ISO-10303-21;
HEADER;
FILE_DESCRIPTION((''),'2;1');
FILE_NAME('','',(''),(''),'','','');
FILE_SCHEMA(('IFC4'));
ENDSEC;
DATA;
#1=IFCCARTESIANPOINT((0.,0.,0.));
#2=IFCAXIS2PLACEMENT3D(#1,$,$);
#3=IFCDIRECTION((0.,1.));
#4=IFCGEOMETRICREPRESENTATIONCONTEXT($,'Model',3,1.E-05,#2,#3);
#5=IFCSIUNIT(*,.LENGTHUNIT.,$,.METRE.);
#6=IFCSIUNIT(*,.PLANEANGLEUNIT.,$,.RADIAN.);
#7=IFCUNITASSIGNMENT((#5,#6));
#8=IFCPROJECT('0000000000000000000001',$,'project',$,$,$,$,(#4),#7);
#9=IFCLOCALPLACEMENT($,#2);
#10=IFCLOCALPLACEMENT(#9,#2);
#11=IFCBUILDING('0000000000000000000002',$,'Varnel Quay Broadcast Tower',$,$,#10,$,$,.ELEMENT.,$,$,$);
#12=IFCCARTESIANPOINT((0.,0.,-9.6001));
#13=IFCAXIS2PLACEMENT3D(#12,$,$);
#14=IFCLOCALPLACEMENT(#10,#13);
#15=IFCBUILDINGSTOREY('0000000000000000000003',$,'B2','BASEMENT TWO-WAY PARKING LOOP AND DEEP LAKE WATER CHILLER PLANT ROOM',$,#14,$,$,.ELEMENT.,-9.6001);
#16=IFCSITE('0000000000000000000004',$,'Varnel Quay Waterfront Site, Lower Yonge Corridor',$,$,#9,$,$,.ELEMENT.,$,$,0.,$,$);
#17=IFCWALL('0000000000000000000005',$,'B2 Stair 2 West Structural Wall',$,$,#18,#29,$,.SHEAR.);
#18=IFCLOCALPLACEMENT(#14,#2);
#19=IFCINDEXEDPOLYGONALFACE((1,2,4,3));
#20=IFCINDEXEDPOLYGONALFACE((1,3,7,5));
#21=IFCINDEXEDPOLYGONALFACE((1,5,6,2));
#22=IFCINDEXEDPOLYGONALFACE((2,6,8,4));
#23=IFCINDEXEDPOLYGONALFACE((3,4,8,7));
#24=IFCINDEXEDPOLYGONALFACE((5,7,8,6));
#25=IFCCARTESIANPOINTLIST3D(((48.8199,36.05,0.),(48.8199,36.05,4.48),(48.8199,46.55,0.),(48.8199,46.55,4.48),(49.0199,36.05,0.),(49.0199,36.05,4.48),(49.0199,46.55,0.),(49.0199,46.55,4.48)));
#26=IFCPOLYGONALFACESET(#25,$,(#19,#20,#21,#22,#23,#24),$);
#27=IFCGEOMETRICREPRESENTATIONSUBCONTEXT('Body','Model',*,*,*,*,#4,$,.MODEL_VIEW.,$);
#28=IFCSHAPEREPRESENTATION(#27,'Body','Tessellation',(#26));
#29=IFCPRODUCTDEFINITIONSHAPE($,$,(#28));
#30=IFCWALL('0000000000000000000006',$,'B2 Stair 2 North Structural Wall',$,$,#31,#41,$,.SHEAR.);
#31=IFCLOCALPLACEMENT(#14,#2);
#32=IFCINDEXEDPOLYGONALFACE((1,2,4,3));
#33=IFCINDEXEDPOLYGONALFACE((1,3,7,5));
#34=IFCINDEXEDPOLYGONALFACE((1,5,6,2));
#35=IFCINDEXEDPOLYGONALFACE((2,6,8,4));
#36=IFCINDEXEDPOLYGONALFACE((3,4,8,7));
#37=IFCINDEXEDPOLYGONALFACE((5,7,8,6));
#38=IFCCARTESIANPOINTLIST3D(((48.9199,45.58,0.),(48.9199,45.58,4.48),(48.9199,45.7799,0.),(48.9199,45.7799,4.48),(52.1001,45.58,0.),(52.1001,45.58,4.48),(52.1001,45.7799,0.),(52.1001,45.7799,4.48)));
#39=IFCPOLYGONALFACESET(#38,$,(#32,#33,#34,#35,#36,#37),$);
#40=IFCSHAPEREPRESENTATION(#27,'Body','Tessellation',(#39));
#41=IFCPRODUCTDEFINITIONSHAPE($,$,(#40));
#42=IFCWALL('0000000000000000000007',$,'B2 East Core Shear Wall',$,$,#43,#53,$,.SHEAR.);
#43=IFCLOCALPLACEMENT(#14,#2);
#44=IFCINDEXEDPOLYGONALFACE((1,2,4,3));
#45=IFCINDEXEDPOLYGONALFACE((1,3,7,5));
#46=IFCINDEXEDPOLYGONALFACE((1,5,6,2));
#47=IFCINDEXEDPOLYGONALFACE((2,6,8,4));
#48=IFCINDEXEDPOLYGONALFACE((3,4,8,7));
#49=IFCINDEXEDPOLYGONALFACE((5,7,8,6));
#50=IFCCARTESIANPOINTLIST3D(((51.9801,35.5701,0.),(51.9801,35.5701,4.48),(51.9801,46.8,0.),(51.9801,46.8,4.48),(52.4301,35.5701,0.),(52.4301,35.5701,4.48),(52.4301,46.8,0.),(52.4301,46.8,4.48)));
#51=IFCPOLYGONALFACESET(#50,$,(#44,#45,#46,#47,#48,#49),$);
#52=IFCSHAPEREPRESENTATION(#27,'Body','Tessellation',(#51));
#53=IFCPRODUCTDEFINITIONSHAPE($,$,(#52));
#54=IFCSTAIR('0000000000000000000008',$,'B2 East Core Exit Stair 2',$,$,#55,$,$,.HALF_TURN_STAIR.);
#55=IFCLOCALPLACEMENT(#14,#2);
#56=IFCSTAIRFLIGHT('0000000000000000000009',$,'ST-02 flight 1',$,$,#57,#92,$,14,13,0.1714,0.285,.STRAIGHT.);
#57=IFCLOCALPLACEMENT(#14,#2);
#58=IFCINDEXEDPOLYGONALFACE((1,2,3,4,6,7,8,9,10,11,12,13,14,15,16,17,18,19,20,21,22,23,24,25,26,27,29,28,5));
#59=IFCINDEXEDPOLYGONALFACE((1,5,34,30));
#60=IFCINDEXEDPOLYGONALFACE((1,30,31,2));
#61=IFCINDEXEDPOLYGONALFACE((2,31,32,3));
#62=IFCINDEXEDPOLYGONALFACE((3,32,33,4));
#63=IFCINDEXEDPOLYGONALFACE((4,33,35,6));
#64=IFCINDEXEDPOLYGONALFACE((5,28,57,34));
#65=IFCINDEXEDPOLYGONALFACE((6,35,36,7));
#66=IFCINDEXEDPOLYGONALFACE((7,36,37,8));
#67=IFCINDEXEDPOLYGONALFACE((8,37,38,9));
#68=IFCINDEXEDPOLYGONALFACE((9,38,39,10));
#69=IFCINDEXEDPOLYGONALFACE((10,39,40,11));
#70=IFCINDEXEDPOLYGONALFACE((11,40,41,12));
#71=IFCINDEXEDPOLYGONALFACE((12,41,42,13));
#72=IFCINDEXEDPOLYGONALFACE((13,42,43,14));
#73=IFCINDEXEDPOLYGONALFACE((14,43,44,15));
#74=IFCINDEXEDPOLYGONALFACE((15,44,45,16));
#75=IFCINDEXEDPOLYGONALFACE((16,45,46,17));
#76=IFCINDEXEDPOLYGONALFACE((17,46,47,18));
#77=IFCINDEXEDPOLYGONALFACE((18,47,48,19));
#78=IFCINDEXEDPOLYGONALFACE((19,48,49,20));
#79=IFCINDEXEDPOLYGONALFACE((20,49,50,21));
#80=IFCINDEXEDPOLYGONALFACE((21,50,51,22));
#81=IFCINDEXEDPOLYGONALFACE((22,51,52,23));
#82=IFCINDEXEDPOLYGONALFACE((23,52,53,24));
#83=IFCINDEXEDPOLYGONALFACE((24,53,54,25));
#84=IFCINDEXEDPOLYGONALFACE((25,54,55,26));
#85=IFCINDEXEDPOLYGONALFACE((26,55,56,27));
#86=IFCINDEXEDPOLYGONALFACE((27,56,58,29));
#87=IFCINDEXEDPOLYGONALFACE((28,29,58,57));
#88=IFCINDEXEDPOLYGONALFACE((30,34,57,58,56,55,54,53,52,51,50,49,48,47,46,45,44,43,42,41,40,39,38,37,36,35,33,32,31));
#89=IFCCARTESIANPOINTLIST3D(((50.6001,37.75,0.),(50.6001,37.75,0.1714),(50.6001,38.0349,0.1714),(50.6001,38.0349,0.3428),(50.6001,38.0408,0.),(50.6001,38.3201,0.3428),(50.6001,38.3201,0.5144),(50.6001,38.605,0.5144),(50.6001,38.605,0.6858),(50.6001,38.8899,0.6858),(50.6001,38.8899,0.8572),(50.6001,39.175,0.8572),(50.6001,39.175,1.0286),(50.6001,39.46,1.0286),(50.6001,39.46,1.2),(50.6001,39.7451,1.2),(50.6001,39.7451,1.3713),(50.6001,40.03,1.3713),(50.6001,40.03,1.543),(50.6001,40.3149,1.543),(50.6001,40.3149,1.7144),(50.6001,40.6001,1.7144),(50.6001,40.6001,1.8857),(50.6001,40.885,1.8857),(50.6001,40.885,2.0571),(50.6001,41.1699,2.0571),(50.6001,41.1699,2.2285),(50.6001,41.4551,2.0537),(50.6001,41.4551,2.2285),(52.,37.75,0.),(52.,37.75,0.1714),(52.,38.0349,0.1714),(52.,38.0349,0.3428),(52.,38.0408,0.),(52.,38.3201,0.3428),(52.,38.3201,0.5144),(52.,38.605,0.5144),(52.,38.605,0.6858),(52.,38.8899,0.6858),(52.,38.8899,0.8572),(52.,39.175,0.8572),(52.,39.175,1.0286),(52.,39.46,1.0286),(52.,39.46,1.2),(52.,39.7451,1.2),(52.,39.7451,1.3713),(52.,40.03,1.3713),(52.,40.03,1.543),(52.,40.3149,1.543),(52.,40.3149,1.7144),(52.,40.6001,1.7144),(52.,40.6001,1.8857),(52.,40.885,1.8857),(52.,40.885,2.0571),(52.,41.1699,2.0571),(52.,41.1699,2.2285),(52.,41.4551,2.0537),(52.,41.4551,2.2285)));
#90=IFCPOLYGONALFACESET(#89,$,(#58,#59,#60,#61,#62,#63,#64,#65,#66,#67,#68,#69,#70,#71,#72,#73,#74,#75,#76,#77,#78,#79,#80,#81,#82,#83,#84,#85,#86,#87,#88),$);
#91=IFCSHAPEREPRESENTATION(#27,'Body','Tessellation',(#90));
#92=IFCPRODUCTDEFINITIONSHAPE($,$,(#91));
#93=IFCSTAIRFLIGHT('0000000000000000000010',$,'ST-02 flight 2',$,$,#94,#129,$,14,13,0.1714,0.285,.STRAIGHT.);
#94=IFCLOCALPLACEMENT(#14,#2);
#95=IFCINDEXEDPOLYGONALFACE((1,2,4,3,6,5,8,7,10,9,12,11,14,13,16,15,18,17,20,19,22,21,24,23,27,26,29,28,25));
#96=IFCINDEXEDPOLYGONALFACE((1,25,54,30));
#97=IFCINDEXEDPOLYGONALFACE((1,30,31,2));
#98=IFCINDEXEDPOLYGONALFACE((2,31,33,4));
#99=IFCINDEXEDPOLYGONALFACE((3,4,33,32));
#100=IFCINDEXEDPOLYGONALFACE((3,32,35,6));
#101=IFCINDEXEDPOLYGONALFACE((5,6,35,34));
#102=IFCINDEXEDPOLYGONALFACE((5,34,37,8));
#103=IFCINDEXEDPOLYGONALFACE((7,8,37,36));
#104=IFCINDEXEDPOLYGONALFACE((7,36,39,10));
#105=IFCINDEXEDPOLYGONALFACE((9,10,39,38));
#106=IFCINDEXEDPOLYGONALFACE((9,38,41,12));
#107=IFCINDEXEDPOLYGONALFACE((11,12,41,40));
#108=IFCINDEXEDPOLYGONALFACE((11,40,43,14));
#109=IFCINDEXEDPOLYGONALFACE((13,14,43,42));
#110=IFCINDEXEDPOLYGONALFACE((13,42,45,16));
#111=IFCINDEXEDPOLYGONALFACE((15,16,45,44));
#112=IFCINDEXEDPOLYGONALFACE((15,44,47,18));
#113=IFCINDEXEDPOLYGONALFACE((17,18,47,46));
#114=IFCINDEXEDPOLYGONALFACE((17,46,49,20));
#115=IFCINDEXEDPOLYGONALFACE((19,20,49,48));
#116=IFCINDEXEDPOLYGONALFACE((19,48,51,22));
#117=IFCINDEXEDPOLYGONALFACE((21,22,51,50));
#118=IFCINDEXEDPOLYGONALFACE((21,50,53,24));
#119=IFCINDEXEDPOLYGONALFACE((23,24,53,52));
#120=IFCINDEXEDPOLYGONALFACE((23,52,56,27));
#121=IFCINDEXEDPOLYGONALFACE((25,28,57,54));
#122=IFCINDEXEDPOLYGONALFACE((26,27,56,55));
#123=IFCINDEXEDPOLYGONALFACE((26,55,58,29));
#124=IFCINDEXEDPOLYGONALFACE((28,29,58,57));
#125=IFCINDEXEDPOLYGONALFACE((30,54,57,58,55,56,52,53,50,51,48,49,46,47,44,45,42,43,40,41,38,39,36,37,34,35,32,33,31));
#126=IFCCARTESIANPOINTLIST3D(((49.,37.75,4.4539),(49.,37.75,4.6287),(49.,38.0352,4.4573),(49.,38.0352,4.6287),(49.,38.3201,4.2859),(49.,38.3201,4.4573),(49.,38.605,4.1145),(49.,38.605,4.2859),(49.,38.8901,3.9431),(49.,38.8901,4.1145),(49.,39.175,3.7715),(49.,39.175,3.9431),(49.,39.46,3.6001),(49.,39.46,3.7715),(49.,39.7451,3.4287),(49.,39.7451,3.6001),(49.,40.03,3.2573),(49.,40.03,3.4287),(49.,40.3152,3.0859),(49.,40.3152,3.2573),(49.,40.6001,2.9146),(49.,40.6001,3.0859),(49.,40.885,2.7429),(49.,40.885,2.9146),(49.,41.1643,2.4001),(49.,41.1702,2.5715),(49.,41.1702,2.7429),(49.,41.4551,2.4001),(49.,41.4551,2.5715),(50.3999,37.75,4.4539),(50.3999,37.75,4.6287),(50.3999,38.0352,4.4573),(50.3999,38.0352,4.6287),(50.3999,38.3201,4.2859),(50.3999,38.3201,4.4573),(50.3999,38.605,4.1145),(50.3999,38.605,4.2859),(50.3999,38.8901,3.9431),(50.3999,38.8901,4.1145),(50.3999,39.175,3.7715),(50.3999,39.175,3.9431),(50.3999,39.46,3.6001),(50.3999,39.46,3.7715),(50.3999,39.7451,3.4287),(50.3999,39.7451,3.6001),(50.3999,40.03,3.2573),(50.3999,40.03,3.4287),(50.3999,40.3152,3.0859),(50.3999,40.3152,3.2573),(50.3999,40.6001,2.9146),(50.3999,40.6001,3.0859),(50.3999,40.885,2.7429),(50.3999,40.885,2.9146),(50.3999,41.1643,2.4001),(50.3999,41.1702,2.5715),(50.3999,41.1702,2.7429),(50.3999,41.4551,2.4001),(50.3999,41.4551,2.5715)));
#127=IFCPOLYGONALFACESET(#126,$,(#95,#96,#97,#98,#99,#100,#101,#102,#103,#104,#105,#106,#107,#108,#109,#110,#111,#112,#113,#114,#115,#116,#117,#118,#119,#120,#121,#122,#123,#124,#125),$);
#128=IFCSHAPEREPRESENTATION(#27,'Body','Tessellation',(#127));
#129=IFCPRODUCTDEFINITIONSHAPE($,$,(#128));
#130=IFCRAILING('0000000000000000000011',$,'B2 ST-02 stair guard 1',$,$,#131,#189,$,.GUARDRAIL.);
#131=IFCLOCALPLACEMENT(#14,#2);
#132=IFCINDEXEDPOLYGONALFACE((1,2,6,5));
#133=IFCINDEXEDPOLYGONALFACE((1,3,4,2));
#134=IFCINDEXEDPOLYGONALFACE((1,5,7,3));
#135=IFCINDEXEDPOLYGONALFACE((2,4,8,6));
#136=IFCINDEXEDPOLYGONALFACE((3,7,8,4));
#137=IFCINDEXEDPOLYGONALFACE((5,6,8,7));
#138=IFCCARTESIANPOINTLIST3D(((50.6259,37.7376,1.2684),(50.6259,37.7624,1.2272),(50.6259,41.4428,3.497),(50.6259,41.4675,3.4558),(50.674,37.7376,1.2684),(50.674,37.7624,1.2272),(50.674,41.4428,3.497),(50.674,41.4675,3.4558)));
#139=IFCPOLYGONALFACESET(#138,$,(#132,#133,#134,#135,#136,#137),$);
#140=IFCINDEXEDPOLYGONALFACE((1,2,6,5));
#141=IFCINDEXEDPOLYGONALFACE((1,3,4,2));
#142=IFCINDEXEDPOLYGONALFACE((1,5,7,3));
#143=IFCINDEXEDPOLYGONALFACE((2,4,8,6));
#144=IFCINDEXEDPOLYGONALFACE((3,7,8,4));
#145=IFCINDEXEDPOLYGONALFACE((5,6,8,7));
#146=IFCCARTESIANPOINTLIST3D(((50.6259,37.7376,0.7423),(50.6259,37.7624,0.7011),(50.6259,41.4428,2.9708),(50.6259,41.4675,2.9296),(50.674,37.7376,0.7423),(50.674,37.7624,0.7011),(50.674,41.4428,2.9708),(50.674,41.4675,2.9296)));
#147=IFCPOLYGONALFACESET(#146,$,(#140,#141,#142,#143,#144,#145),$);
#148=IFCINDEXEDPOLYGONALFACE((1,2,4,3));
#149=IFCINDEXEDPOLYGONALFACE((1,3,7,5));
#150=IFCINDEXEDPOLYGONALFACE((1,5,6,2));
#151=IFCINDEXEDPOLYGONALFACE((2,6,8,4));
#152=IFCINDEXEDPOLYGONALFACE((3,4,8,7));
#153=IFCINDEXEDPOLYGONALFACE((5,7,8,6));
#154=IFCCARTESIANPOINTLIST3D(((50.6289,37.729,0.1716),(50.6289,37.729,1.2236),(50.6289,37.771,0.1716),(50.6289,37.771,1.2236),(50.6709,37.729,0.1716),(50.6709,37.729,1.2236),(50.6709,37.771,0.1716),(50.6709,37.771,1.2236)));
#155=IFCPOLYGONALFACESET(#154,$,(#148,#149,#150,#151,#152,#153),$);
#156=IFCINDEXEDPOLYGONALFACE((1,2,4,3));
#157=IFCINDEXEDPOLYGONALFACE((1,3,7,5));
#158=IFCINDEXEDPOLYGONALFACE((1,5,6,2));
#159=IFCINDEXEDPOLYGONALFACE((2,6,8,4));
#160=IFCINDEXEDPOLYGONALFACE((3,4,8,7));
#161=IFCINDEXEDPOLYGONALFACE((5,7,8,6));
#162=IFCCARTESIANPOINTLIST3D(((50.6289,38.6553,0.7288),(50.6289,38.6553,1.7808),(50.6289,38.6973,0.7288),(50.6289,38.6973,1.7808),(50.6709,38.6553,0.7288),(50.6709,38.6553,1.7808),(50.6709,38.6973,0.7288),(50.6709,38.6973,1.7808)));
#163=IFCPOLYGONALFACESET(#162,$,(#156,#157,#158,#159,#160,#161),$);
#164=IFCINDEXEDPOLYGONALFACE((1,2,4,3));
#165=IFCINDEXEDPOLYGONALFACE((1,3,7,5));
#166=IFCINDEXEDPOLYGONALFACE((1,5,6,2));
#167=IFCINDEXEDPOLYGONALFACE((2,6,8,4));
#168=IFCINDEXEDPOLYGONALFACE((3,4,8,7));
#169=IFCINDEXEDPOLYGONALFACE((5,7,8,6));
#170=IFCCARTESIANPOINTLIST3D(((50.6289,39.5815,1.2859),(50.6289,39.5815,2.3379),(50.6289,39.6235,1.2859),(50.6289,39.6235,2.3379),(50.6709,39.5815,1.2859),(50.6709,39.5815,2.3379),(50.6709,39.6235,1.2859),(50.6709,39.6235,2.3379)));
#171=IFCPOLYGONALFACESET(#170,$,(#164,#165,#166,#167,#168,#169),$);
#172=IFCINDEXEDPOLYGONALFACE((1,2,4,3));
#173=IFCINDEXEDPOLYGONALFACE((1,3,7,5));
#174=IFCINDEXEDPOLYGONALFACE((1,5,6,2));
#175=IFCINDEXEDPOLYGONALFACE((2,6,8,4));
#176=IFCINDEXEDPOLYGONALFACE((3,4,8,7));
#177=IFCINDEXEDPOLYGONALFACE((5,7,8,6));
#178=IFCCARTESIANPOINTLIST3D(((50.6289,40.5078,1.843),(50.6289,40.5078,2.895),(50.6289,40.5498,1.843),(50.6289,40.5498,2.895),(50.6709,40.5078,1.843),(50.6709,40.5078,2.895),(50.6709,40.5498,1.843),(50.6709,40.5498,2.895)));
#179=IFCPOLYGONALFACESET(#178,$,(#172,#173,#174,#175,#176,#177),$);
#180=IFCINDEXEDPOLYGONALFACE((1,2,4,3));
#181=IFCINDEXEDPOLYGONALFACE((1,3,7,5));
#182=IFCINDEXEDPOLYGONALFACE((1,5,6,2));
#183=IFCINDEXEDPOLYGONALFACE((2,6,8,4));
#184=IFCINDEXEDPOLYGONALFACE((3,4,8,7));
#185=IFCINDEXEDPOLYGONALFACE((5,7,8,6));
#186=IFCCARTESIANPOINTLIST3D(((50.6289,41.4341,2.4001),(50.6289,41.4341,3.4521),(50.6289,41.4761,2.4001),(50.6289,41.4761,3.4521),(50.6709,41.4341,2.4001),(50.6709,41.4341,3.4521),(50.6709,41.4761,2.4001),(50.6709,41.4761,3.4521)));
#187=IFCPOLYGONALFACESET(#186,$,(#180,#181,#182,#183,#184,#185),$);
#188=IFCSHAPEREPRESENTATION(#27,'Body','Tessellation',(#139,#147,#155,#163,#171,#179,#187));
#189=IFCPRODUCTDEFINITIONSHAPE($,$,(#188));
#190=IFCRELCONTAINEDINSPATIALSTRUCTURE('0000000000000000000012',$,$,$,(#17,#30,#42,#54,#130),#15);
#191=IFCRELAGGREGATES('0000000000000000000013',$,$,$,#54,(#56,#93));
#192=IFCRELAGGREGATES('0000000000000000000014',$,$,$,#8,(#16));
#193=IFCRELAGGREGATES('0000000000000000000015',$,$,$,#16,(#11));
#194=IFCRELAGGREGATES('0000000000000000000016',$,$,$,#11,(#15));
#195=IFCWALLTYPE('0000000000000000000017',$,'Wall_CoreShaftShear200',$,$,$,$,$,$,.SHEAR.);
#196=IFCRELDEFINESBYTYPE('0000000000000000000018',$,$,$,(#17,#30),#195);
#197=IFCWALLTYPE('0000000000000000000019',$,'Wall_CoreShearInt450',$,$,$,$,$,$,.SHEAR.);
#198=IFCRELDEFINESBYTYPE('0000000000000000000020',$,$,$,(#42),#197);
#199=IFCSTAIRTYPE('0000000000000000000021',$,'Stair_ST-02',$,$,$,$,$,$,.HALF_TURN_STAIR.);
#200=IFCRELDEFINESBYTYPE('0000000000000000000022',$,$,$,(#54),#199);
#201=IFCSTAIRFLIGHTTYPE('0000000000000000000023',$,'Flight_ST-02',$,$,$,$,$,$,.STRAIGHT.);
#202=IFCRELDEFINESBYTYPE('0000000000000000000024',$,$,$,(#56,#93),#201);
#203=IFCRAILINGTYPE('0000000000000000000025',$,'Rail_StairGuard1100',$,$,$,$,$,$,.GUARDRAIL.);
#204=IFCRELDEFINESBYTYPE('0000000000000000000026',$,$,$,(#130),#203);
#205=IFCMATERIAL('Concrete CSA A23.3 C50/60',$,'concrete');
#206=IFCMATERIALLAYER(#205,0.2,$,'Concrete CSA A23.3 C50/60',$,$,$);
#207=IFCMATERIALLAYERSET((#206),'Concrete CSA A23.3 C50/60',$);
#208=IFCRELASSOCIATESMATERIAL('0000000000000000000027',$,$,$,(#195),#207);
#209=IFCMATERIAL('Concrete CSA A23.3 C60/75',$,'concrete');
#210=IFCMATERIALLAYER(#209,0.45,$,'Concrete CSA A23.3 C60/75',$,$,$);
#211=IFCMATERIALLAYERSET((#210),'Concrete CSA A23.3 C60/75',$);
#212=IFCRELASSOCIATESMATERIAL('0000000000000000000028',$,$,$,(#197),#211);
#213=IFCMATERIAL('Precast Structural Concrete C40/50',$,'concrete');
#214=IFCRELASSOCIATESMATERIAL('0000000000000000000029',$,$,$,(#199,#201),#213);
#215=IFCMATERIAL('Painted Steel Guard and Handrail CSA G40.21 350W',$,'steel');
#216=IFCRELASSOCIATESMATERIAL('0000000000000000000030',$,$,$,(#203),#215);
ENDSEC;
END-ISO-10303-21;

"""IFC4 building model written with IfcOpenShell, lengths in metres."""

from ifc_helpers import new_model, si_unit, direction, frame, frame_2d, origin, origin_2d, place, context, subcontext, project, spatial, polyline, rectangle, outline, extrude, material, layer, layer_set, type_object, element, aggregate, save


model = new_model("IFC4")

# Units and contexts
model_context = context("Model", 3, precision=1e-05, world=origin(), true_north=direction((0.0, 1.0)))
body_context = subcontext(model_context, "Body", "Model", "MODEL_VIEW")
ifc_project = project(units=[si_unit("LENGTHUNIT", "METRE"), si_unit("PLANEANGLEUNIT", "RADIAN")], contexts=[model_context])

# Site, building, storey
site_placement = place(None, origin())
site = spatial("IfcSite", under=ifc_project, at=site_placement, Name="Varnel Quay Waterfront Site, Lower Yonge Corridor", CompositionType="ELEMENT", RefElevation=0.0)
building_placement = place(site_placement, origin())
building = spatial("IfcBuilding", under=site, at=building_placement, Name="Varnel Quay Broadcast Tower", CompositionType="ELEMENT")
storey_placement = place(building_placement, frame((0.0, 0.0, -9.6001)))
storey = spatial("IfcBuildingStorey", under=building, at=storey_placement, Name="B2", Description="BASEMENT TWO-WAY PARKING LOOP AND DEEP LAKE WATER CHILLER PLANT ROOM", CompositionType="ELEMENT", Elevation=-9.6001)

# Shared definitions
ifc_material_1 = material(Name="Concrete CSA A23.3 C50/60", Category="concrete")

# Walls
ifc_layer_1 = layer(ifc_material_1, 0.2, Name="Concrete CSA A23.3 C50/60")
ifc_layer_set_1 = layer_set([ifc_layer_1], Name="Concrete CSA A23.3 C50/60")
wall_type_1 = type_object("IfcWallType", Name="Wall_CoreShaftShear200", PredefinedType="SHEAR", material=ifc_layer_set_1)
wall_1_placement = place(storey_placement, frame((48.9199, 36.05, 0.0), z_axis=(0.0, 0.0, 1.0), x_axis=(0.0, 1.0, 0.0)))
element("IfcWall", 1, at=wall_1_placement, inside=storey, type_object=wall_type_1, Name="B2 Stair 2 West Structural Wall", PredefinedType="SHEAR", context=body_context, shape_type="SweptSolid", body=[
    extrude(rectangle(XDim=10.5, YDim=0.2, at=frame_2d((5.25, 0.0))), origin(), (0.0, 0.0, 1.0), 4.48),
])
wall_2_placement = place(storey_placement, frame((48.9199, 45.6799, 0.0), z_axis=(0.0, 0.0, 1.0), x_axis=(1.0, 0.0, 0.0)))
element("IfcWall", 2, at=wall_2_placement, inside=storey, type_object=wall_type_1, Name="B2 Stair 2 North Structural Wall", PredefinedType="SHEAR", context=body_context, shape_type="SweptSolid", body=[
    extrude(rectangle(XDim=3.1802, YDim=0.2, at=frame_2d((1.5901, 0.0))), origin(), (0.0, 0.0, 1.0), 4.48),
])
ifc_material_2 = material(Name="Concrete CSA A23.3 C60/75", Category="concrete")
ifc_layer_2 = layer(ifc_material_2, 0.45, Name="Concrete CSA A23.3 C60/75")
ifc_layer_set_2 = layer_set([ifc_layer_2], Name="Concrete CSA A23.3 C60/75")
wall_type_2 = type_object("IfcWallType", Name="Wall_CoreShearInt450", PredefinedType="SHEAR", material=ifc_layer_set_2)
wall_3_placement = place(storey_placement, frame((52.2051, 35.5701, 0.0), z_axis=(0.0, 0.0, 1.0), x_axis=(0.0, 1.0, 0.0)))
element("IfcWall", 3, at=wall_3_placement, inside=storey, type_object=wall_type_2, Name="B2 East Core Shear Wall", PredefinedType="SHEAR", context=body_context, shape_type="SweptSolid", body=[
    extrude(rectangle(XDim=11.23, YDim=0.45, at=frame_2d((5.615, 0.0))), origin(), (0.0, 0.0, 1.0), 4.48),
])

# Stair, stair flights
ifc_material_3 = material(Name="Precast Structural Concrete C40/50", Category="concrete")
stair_type = type_object("IfcStairType", Name="Stair_ST-02", PredefinedType="HALF_TURN_STAIR", material=ifc_material_3)
stair_placement = place(storey_placement, origin())
stair = element("IfcStair", 4, at=stair_placement, inside=storey, type_object=stair_type, Name="B2 East Core Exit Stair 2", PredefinedType="HALF_TURN_STAIR")
stair_flight_type = type_object("IfcStairFlightType", Name="Flight_ST-02", PredefinedType="STRAIGHT", material=ifc_material_3)
stair_flight_1_placement = place(storey_placement, frame((51.3, 37.75, 0.0), z_axis=(0.0, 0.0, 1.0), x_axis=(0.0, 1.0, 0.0)))
stair_flight_1 = element("IfcStairFlight", 5, at=stair_flight_1_placement, type_object=stair_flight_type, Name="ST-02 flight 1", NumberOfRisers=14, NumberOfTreads=13, PredefinedType="STRAIGHT", RiserHeight=0.1714, TreadLength=0.285, context=body_context, shape_type="SweptSolid", body=[
    extrude(outline(polyline([(0.0, 0.0), (0.0, 0.1714), (0.2849, 0.1714), (0.2849, 0.3428), (0.5701, 0.3428), (0.5701, 0.5144), (0.855, 0.5144), (0.855, 0.6858), (1.1399, 0.6858), (1.1399, 0.8572), (1.425, 0.8572), (1.425, 1.0286), (1.71, 1.0286), (1.71, 1.2), (1.9951, 1.2), (1.9951, 1.3713), (2.28, 1.3713), (2.28, 1.543), (2.5649, 1.543), (2.5649, 1.7144), (2.8501, 1.7144), (2.8501, 1.8857), (3.135, 1.8857), (3.135, 2.0571), (3.4199, 2.0571), (3.4199, 2.2285), (3.7051, 2.2285), (3.7051, 2.3999), (3.7051, 2.0537), (0.2908, 0.0), (0.0, 0.0)])), frame((0.0, 0.7, 0.0), z_axis=(0.0, -1.0, 0.0), x_axis=(1.0, 0.0, 0.0)), (0.0, 0.0, 1.0), 1.3999),
])
stair_flight_2_placement = place(storey_placement, frame((49.7, 41.4551, 2.4001), z_axis=(0.0, 0.0, 1.0), x_axis=(0.0, -1.0, 0.0)))
stair_flight_2 = element("IfcStairFlight", 6, at=stair_flight_2_placement, type_object=stair_flight_type, Name="ST-02 flight 2", NumberOfRisers=14, NumberOfTreads=13, PredefinedType="STRAIGHT", RiserHeight=0.1714, TreadLength=0.285, context=body_context, shape_type="SweptSolid", body=[
    extrude(outline(polyline([(0.0, 0.0), (0.0, 0.1714), (0.2849, 0.1714), (0.2849, 0.3428), (0.5701, 0.3428), (0.5701, 0.5144), (0.855, 0.5144), (0.855, 0.6858), (1.1399, 0.6858), (1.1399, 0.8572), (1.425, 0.8572), (1.425, 1.0286), (1.71, 1.0286), (1.71, 1.2), (1.9951, 1.2), (1.9951, 1.3713), (2.28, 1.3713), (2.28, 1.543), (2.5649, 1.543), (2.5649, 1.7144), (2.8501, 1.7144), (2.8501, 1.8857), (3.135, 1.8857), (3.135, 2.0571), (3.4199, 2.0571), (3.4199, 2.2285), (3.7051, 2.2285), (3.7051, 2.3999), (3.7051, 2.0537), (0.2908, 0.0), (0.0, 0.0)])), frame((0.0, 0.7, 0.0), z_axis=(0.0, -1.0, 0.0), x_axis=(1.0, 0.0, 0.0)), (0.0, 0.0, 1.0), 1.3999),
])
aggregate(stair, [stair_flight_1, stair_flight_2])

# Railing
ifc_material_4 = material(Name="Painted Steel Guard and Handrail CSA G40.21 350W", Category="steel")
railing_type_1 = type_object("IfcRailingType", Name="Rail_StairGuard1100", PredefinedType="GUARDRAIL", material=ifc_material_4)
railing_1_placement = place(storey_placement, frame((50.6499, 37.75, 0.1716)))
element("IfcRailing", 7, at=railing_1_placement, inside=storey, type_object=railing_type_1, Name="B2 ST-02 stair guard 1", PredefinedType="GUARDRAIL", context=body_context, shape_type="SweptSolid", body=[
    extrude(rectangle(XDim=0.0481, YDim=0.0481, at=origin_2d()), frame((0.0, 0.0, 1.0762), z_axis=(0.0, 0.856934, 0.515425), x_axis=(-1.0, 0.0, 0.0)), (0.0, 0.0, 1.0), 4.3237),
    extrude(rectangle(XDim=0.0481, YDim=0.0481, at=origin_2d()), frame((0.0, 0.0, 0.55), z_axis=(0.0, 0.856934, 0.515425), x_axis=(-1.0, 0.0, 0.0)), (0.0, 0.0, 1.0), 4.3237),
    extrude(rectangle(XDim=0.042, YDim=0.042, at=origin_2d()), origin(), (0.0, 0.0, 1.0), 1.052),
    extrude(rectangle(XDim=0.042, YDim=0.042, at=origin_2d()), frame((0.0, 0.9263, 0.5571)), (0.0, 0.0, 1.0), 1.052),
    extrude(rectangle(XDim=0.042, YDim=0.042, at=origin_2d()), frame((0.0, 1.8525, 1.1143)), (0.0, 0.0, 1.0), 1.052),
    extrude(rectangle(XDim=0.042, YDim=0.042, at=origin_2d()), frame((0.0, 2.7788, 1.6714)), (0.0, 0.0, 1.0), 1.052),
    extrude(rectangle(XDim=0.042, YDim=0.042, at=origin_2d()), frame((0.0, 3.7051, 2.2285)), (0.0, 0.0, 1.0), 1.052),
])

save(model, "model.ifc")
